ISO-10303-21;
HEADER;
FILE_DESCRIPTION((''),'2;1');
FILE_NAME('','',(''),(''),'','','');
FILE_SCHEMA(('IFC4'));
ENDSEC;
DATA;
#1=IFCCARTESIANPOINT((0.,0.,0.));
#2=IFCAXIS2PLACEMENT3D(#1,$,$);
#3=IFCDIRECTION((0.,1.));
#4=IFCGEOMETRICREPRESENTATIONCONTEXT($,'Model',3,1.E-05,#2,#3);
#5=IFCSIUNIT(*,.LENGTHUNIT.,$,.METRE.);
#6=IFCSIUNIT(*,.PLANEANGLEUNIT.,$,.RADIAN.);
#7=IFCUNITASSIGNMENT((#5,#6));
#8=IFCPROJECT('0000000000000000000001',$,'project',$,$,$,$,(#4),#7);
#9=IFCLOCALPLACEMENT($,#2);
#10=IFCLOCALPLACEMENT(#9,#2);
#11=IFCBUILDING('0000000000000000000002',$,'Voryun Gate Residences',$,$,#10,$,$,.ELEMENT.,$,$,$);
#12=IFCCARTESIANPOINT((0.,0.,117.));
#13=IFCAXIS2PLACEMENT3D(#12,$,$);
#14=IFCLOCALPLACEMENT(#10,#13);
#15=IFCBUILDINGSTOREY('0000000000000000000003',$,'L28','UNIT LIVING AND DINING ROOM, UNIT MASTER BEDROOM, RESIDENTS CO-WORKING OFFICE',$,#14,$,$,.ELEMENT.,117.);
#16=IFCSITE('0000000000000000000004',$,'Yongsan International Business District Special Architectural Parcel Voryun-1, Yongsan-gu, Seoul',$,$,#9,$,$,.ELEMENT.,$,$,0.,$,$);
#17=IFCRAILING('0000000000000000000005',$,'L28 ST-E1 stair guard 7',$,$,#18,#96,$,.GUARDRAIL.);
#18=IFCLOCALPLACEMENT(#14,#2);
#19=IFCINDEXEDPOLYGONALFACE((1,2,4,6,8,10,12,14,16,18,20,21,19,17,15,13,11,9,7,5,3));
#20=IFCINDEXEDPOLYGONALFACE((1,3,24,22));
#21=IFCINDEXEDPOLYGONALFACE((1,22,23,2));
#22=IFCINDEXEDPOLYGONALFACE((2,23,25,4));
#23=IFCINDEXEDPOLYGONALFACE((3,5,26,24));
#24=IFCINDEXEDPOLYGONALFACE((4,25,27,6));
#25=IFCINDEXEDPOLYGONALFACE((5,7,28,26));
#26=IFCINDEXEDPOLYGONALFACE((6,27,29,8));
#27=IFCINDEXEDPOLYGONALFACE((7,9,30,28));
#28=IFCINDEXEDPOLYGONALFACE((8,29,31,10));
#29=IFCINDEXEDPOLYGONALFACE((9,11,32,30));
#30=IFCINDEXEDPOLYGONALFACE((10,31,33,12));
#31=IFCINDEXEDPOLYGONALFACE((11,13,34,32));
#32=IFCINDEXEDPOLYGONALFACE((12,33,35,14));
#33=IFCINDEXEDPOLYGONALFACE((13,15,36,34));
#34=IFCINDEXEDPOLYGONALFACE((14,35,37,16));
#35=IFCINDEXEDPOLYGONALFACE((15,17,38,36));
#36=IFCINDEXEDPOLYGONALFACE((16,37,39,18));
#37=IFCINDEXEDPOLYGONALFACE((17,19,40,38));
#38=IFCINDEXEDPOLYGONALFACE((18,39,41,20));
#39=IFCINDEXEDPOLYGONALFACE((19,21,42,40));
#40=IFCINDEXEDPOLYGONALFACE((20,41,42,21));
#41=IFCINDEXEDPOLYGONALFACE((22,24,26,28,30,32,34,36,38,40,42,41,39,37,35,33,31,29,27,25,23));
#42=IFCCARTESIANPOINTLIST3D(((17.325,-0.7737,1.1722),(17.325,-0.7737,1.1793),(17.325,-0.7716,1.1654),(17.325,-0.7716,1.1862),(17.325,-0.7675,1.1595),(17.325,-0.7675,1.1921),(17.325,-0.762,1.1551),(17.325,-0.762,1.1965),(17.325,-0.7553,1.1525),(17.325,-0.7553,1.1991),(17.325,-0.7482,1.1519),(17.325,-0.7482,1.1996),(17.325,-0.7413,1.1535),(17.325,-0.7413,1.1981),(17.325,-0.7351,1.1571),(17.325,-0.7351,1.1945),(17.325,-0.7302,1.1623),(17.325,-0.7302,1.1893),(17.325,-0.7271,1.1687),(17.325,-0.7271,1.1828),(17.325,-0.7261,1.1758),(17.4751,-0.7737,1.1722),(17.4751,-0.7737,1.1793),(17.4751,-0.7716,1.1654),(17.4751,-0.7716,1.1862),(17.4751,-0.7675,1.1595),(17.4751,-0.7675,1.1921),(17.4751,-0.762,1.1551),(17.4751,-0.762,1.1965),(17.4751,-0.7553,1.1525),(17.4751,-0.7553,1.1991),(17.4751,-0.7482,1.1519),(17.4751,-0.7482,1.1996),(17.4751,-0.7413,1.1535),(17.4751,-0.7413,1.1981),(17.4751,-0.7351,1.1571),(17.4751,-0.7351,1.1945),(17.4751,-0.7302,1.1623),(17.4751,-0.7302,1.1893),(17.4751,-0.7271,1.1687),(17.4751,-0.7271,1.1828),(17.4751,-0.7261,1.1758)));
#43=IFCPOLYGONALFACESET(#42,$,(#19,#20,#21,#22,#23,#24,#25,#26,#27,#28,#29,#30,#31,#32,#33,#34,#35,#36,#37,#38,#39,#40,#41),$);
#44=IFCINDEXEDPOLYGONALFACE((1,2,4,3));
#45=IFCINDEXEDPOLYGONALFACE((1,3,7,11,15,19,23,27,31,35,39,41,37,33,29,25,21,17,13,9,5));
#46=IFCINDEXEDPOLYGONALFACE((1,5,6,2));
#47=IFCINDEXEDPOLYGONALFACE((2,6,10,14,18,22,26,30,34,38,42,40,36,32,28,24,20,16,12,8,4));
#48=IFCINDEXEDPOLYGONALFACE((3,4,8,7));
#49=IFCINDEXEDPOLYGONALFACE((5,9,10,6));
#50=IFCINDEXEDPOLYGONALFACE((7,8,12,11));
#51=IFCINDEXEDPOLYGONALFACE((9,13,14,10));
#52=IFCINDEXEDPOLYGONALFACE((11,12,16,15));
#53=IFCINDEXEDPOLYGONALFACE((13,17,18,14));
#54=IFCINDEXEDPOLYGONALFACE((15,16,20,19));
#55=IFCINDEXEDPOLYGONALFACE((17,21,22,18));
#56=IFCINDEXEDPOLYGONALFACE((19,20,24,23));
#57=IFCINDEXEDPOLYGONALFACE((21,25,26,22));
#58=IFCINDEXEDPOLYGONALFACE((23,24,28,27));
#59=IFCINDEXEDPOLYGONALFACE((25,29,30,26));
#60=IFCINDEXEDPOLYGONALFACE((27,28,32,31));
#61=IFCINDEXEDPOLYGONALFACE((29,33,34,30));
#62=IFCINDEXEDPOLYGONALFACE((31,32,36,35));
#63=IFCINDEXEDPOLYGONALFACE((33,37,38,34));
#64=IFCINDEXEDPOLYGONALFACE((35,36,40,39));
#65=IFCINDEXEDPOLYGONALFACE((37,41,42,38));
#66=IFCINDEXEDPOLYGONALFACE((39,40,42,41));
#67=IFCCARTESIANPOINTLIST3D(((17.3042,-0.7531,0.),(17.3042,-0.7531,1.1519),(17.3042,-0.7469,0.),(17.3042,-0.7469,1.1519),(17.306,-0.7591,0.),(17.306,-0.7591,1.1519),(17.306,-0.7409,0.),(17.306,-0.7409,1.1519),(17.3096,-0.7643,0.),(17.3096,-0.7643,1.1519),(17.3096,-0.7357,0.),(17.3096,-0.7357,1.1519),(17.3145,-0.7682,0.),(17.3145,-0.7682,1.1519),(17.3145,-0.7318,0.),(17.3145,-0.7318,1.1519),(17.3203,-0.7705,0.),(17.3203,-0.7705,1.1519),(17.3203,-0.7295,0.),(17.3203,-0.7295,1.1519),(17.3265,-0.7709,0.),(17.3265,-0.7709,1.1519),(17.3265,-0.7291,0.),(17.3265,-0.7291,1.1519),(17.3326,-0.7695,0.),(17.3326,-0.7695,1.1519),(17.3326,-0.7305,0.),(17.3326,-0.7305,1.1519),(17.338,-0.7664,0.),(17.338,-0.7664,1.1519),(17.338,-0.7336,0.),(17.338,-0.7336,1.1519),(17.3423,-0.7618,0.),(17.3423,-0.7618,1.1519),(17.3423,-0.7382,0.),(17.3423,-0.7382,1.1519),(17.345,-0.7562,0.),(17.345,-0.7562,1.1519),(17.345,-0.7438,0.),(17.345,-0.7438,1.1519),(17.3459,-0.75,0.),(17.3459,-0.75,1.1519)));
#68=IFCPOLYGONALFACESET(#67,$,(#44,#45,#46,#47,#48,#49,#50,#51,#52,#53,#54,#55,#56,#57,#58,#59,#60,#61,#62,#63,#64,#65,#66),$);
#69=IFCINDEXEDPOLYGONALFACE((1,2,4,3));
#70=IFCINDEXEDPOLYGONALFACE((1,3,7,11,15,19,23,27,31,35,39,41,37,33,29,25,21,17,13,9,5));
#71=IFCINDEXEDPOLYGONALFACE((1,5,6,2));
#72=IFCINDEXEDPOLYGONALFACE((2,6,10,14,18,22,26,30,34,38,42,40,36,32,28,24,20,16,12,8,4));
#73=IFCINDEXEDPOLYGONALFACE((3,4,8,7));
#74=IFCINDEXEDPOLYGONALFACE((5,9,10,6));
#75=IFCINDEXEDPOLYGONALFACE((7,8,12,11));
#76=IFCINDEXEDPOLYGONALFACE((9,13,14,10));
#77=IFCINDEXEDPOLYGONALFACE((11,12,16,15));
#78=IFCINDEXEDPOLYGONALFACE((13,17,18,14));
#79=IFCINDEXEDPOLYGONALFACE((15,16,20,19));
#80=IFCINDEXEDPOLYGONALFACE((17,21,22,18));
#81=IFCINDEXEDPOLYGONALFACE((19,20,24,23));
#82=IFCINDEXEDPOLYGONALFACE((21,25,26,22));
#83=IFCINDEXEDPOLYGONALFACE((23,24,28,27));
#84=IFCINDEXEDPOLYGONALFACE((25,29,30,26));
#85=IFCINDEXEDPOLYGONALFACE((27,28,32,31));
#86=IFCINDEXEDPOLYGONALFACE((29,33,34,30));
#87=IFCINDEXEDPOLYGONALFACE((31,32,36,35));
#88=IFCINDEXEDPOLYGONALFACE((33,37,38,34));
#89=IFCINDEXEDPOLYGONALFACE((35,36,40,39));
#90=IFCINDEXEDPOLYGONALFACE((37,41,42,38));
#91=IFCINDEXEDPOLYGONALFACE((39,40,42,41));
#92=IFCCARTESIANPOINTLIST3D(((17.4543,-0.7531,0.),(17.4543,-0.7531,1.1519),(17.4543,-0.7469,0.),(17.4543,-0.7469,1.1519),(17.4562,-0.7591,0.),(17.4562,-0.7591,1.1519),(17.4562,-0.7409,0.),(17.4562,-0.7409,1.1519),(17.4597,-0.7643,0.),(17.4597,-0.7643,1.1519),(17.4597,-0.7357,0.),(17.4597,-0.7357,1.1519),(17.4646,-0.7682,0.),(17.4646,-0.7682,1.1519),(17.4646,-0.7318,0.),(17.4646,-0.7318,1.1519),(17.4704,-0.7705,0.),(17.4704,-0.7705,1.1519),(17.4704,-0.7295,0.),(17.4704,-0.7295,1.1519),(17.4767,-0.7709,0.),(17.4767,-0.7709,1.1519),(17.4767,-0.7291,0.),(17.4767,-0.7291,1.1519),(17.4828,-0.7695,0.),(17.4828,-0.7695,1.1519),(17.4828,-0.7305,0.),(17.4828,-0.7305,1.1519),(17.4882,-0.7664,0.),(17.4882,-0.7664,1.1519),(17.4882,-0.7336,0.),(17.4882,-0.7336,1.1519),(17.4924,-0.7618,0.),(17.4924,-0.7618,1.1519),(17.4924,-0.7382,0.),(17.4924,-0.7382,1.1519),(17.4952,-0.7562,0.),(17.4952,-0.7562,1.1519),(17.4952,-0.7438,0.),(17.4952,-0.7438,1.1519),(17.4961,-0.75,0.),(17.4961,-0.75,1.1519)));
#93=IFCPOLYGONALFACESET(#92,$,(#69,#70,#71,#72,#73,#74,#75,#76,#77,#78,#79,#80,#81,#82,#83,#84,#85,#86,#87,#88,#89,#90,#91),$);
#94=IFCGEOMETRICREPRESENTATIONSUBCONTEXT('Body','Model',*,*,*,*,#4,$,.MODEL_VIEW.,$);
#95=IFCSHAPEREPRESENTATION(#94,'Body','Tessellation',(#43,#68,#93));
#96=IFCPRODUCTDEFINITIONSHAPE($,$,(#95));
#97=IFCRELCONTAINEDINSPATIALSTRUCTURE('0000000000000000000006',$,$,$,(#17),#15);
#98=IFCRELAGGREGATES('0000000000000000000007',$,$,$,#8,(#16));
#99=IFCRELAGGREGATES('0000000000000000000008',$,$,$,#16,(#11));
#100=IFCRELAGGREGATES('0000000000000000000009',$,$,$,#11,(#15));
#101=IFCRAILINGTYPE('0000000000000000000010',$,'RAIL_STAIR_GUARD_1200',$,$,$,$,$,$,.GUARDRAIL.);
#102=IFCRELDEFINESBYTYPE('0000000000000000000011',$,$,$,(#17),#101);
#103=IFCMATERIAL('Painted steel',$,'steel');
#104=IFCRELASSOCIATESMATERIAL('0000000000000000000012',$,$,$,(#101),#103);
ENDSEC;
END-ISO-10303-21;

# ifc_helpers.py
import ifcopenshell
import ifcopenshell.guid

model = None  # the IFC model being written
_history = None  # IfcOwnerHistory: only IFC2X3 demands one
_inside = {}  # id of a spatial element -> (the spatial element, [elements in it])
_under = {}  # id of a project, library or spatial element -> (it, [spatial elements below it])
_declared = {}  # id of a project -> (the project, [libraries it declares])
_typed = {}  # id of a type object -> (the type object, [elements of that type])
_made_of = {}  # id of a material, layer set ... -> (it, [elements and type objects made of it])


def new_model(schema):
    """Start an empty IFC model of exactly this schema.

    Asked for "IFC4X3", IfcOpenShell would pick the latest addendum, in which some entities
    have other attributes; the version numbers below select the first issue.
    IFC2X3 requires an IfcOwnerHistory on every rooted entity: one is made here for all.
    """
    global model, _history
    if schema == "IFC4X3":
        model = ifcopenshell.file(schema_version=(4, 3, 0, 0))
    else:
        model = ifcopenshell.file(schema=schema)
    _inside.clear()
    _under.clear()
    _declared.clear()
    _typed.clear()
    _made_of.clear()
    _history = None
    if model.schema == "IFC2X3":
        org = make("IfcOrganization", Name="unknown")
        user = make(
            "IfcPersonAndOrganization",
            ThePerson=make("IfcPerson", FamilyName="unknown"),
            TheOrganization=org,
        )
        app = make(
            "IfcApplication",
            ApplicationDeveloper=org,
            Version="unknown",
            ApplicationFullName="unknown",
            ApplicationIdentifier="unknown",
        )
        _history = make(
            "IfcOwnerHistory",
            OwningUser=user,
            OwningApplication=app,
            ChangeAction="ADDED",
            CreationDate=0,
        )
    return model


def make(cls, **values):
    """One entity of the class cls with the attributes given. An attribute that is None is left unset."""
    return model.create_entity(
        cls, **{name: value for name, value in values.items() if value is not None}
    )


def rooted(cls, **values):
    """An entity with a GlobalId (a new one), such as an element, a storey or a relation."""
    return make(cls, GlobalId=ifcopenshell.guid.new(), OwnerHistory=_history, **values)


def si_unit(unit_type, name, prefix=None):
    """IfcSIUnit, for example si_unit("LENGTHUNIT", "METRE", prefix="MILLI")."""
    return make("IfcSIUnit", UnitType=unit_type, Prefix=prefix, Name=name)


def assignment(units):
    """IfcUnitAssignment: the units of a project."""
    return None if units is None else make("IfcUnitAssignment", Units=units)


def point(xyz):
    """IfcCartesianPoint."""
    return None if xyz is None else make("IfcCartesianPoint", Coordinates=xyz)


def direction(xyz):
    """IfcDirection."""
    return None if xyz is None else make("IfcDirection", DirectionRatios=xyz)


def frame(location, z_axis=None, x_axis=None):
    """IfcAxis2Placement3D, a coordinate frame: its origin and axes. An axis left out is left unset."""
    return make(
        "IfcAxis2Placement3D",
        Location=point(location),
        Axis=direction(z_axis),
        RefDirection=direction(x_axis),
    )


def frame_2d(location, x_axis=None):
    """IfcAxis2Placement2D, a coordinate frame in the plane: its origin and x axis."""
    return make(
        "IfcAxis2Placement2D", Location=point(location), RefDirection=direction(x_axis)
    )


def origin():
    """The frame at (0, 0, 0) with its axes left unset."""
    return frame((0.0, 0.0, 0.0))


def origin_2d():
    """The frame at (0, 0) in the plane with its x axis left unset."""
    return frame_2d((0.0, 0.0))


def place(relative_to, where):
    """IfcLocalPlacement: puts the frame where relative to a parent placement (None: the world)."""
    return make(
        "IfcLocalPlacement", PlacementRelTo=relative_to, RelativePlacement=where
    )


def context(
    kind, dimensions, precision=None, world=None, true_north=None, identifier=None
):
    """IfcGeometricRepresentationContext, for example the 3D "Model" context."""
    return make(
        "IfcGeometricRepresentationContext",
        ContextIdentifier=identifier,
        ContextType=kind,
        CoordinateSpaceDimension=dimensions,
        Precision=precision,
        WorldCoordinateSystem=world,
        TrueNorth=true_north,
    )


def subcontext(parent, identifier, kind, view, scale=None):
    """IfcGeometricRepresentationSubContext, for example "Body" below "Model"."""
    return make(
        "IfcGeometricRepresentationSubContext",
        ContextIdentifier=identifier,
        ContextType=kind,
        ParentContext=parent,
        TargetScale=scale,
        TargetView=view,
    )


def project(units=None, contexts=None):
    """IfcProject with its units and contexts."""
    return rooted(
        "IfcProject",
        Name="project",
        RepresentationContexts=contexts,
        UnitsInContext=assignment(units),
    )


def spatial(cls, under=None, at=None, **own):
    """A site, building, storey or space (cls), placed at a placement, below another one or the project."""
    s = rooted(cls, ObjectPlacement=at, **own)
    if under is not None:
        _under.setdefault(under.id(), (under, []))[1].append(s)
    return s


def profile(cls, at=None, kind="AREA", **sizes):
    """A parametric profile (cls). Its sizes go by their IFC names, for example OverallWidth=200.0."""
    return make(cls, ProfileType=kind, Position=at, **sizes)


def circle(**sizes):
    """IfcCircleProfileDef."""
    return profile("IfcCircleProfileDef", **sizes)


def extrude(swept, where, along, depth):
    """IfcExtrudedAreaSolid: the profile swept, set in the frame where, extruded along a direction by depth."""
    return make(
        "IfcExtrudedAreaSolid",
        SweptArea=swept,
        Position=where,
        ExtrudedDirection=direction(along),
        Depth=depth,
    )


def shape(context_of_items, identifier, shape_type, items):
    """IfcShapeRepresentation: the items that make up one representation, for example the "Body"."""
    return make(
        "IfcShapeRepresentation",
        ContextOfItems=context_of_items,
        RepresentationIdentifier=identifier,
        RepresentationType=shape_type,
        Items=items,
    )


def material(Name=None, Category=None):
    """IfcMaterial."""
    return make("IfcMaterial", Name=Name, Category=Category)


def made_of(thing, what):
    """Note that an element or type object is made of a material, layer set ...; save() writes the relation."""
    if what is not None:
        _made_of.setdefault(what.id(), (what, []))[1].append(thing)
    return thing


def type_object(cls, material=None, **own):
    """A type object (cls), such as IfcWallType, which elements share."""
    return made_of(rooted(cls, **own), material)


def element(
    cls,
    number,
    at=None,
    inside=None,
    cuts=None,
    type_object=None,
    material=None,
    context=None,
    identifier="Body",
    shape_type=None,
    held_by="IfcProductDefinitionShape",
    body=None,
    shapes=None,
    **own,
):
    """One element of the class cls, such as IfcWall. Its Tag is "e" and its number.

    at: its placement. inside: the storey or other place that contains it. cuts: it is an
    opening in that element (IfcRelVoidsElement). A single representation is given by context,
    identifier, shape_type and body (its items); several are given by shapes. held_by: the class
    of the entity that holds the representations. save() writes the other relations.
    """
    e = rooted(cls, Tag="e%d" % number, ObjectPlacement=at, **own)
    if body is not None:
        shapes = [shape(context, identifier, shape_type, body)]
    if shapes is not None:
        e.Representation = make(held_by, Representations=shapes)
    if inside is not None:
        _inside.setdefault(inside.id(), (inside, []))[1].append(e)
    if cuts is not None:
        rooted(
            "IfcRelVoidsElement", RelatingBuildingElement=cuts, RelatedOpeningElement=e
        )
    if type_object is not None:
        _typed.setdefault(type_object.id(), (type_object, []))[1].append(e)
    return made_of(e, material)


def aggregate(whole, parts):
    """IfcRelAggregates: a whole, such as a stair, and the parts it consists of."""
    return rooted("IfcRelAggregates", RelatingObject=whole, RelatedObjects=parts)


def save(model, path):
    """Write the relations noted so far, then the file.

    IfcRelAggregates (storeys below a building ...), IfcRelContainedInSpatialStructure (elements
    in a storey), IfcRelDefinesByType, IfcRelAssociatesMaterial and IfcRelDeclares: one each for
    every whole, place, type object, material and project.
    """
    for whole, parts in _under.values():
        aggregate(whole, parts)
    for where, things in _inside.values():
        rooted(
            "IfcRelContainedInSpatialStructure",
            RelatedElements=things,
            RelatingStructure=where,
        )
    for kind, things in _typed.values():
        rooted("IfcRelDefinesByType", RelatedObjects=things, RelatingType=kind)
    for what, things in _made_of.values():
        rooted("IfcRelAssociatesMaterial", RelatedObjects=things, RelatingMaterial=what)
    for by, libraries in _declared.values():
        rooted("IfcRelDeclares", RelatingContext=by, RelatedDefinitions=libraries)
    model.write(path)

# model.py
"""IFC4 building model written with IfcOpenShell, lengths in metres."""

from ifc_helpers import new_model, si_unit, direction, frame, origin, origin_2d, place, context, subcontext, project, spatial, circle, extrude, material, type_object, element, save


model = new_model("IFC4")

# Units and contexts
model_context = context("Model", 3, precision=1e-05, world=origin(), true_north=direction((0.0, 1.0)))
body_context = subcontext(model_context, "Body", "Model", "MODEL_VIEW")
ifc_project = project(units=[si_unit("LENGTHUNIT", "METRE"), si_unit("PLANEANGLEUNIT", "RADIAN")], contexts=[model_context])

# Site, building, storey
site_placement = place(None, origin())
site = spatial("IfcSite", under=ifc_project, at=site_placement, Name="Yongsan International Business District Special Architectural Parcel Voryun-1, Yongsan-gu, Seoul", CompositionType="ELEMENT", RefElevation=0.0)
building_placement = place(site_placement, origin())
building = spatial("IfcBuilding", under=site, at=building_placement, Name="Voryun Gate Residences", CompositionType="ELEMENT")
storey_placement = place(building_placement, frame((0.0, 0.0, 117.0)))
storey = spatial("IfcBuildingStorey", under=building, at=storey_placement, Name="L28", Description="UNIT LIVING AND DINING ROOM, UNIT MASTER BEDROOM, RESIDENTS CO-WORKING OFFICE", CompositionType="ELEMENT", Elevation=117.0)

# Railing
ifc_material_1 = material(Name="Painted steel", Category="steel")
railing_type_1 = type_object("IfcRailingType", Name="RAIL_STAIR_GUARD_1200", PredefinedType="GUARDRAIL", material=ifc_material_1)
railing_1_placement = place(storey_placement, frame((17.325, -0.75, 0.0)))
element("IfcRailing", 1, at=railing_1_placement, inside=storey, type_object=railing_type_1, Name="L28 ST-E1 stair guard 7", PredefinedType="GUARDRAIL", context=body_context, shape_type="SweptSolid", body=[
    extrude(circle(Radius=0.0239, at=origin_2d()), frame((0.0, 0.0, 1.1758), z_axis=(1.0, 0.0, 0.0), x_axis=(0.0, 1.0, 0.0)), (0.0, 0.0, 1.0), 0.1501),
    extrude(circle(Radius=0.021, at=origin_2d()), origin(), (0.0, 0.0, 1.0), 1.1519),
    extrude(circle(Radius=0.021, at=origin_2d()), frame((0.1501, 0.0, 0.0)), (0.0, 0.0, 1.0), 1.1519),
])

save(model, "model.ifc")
